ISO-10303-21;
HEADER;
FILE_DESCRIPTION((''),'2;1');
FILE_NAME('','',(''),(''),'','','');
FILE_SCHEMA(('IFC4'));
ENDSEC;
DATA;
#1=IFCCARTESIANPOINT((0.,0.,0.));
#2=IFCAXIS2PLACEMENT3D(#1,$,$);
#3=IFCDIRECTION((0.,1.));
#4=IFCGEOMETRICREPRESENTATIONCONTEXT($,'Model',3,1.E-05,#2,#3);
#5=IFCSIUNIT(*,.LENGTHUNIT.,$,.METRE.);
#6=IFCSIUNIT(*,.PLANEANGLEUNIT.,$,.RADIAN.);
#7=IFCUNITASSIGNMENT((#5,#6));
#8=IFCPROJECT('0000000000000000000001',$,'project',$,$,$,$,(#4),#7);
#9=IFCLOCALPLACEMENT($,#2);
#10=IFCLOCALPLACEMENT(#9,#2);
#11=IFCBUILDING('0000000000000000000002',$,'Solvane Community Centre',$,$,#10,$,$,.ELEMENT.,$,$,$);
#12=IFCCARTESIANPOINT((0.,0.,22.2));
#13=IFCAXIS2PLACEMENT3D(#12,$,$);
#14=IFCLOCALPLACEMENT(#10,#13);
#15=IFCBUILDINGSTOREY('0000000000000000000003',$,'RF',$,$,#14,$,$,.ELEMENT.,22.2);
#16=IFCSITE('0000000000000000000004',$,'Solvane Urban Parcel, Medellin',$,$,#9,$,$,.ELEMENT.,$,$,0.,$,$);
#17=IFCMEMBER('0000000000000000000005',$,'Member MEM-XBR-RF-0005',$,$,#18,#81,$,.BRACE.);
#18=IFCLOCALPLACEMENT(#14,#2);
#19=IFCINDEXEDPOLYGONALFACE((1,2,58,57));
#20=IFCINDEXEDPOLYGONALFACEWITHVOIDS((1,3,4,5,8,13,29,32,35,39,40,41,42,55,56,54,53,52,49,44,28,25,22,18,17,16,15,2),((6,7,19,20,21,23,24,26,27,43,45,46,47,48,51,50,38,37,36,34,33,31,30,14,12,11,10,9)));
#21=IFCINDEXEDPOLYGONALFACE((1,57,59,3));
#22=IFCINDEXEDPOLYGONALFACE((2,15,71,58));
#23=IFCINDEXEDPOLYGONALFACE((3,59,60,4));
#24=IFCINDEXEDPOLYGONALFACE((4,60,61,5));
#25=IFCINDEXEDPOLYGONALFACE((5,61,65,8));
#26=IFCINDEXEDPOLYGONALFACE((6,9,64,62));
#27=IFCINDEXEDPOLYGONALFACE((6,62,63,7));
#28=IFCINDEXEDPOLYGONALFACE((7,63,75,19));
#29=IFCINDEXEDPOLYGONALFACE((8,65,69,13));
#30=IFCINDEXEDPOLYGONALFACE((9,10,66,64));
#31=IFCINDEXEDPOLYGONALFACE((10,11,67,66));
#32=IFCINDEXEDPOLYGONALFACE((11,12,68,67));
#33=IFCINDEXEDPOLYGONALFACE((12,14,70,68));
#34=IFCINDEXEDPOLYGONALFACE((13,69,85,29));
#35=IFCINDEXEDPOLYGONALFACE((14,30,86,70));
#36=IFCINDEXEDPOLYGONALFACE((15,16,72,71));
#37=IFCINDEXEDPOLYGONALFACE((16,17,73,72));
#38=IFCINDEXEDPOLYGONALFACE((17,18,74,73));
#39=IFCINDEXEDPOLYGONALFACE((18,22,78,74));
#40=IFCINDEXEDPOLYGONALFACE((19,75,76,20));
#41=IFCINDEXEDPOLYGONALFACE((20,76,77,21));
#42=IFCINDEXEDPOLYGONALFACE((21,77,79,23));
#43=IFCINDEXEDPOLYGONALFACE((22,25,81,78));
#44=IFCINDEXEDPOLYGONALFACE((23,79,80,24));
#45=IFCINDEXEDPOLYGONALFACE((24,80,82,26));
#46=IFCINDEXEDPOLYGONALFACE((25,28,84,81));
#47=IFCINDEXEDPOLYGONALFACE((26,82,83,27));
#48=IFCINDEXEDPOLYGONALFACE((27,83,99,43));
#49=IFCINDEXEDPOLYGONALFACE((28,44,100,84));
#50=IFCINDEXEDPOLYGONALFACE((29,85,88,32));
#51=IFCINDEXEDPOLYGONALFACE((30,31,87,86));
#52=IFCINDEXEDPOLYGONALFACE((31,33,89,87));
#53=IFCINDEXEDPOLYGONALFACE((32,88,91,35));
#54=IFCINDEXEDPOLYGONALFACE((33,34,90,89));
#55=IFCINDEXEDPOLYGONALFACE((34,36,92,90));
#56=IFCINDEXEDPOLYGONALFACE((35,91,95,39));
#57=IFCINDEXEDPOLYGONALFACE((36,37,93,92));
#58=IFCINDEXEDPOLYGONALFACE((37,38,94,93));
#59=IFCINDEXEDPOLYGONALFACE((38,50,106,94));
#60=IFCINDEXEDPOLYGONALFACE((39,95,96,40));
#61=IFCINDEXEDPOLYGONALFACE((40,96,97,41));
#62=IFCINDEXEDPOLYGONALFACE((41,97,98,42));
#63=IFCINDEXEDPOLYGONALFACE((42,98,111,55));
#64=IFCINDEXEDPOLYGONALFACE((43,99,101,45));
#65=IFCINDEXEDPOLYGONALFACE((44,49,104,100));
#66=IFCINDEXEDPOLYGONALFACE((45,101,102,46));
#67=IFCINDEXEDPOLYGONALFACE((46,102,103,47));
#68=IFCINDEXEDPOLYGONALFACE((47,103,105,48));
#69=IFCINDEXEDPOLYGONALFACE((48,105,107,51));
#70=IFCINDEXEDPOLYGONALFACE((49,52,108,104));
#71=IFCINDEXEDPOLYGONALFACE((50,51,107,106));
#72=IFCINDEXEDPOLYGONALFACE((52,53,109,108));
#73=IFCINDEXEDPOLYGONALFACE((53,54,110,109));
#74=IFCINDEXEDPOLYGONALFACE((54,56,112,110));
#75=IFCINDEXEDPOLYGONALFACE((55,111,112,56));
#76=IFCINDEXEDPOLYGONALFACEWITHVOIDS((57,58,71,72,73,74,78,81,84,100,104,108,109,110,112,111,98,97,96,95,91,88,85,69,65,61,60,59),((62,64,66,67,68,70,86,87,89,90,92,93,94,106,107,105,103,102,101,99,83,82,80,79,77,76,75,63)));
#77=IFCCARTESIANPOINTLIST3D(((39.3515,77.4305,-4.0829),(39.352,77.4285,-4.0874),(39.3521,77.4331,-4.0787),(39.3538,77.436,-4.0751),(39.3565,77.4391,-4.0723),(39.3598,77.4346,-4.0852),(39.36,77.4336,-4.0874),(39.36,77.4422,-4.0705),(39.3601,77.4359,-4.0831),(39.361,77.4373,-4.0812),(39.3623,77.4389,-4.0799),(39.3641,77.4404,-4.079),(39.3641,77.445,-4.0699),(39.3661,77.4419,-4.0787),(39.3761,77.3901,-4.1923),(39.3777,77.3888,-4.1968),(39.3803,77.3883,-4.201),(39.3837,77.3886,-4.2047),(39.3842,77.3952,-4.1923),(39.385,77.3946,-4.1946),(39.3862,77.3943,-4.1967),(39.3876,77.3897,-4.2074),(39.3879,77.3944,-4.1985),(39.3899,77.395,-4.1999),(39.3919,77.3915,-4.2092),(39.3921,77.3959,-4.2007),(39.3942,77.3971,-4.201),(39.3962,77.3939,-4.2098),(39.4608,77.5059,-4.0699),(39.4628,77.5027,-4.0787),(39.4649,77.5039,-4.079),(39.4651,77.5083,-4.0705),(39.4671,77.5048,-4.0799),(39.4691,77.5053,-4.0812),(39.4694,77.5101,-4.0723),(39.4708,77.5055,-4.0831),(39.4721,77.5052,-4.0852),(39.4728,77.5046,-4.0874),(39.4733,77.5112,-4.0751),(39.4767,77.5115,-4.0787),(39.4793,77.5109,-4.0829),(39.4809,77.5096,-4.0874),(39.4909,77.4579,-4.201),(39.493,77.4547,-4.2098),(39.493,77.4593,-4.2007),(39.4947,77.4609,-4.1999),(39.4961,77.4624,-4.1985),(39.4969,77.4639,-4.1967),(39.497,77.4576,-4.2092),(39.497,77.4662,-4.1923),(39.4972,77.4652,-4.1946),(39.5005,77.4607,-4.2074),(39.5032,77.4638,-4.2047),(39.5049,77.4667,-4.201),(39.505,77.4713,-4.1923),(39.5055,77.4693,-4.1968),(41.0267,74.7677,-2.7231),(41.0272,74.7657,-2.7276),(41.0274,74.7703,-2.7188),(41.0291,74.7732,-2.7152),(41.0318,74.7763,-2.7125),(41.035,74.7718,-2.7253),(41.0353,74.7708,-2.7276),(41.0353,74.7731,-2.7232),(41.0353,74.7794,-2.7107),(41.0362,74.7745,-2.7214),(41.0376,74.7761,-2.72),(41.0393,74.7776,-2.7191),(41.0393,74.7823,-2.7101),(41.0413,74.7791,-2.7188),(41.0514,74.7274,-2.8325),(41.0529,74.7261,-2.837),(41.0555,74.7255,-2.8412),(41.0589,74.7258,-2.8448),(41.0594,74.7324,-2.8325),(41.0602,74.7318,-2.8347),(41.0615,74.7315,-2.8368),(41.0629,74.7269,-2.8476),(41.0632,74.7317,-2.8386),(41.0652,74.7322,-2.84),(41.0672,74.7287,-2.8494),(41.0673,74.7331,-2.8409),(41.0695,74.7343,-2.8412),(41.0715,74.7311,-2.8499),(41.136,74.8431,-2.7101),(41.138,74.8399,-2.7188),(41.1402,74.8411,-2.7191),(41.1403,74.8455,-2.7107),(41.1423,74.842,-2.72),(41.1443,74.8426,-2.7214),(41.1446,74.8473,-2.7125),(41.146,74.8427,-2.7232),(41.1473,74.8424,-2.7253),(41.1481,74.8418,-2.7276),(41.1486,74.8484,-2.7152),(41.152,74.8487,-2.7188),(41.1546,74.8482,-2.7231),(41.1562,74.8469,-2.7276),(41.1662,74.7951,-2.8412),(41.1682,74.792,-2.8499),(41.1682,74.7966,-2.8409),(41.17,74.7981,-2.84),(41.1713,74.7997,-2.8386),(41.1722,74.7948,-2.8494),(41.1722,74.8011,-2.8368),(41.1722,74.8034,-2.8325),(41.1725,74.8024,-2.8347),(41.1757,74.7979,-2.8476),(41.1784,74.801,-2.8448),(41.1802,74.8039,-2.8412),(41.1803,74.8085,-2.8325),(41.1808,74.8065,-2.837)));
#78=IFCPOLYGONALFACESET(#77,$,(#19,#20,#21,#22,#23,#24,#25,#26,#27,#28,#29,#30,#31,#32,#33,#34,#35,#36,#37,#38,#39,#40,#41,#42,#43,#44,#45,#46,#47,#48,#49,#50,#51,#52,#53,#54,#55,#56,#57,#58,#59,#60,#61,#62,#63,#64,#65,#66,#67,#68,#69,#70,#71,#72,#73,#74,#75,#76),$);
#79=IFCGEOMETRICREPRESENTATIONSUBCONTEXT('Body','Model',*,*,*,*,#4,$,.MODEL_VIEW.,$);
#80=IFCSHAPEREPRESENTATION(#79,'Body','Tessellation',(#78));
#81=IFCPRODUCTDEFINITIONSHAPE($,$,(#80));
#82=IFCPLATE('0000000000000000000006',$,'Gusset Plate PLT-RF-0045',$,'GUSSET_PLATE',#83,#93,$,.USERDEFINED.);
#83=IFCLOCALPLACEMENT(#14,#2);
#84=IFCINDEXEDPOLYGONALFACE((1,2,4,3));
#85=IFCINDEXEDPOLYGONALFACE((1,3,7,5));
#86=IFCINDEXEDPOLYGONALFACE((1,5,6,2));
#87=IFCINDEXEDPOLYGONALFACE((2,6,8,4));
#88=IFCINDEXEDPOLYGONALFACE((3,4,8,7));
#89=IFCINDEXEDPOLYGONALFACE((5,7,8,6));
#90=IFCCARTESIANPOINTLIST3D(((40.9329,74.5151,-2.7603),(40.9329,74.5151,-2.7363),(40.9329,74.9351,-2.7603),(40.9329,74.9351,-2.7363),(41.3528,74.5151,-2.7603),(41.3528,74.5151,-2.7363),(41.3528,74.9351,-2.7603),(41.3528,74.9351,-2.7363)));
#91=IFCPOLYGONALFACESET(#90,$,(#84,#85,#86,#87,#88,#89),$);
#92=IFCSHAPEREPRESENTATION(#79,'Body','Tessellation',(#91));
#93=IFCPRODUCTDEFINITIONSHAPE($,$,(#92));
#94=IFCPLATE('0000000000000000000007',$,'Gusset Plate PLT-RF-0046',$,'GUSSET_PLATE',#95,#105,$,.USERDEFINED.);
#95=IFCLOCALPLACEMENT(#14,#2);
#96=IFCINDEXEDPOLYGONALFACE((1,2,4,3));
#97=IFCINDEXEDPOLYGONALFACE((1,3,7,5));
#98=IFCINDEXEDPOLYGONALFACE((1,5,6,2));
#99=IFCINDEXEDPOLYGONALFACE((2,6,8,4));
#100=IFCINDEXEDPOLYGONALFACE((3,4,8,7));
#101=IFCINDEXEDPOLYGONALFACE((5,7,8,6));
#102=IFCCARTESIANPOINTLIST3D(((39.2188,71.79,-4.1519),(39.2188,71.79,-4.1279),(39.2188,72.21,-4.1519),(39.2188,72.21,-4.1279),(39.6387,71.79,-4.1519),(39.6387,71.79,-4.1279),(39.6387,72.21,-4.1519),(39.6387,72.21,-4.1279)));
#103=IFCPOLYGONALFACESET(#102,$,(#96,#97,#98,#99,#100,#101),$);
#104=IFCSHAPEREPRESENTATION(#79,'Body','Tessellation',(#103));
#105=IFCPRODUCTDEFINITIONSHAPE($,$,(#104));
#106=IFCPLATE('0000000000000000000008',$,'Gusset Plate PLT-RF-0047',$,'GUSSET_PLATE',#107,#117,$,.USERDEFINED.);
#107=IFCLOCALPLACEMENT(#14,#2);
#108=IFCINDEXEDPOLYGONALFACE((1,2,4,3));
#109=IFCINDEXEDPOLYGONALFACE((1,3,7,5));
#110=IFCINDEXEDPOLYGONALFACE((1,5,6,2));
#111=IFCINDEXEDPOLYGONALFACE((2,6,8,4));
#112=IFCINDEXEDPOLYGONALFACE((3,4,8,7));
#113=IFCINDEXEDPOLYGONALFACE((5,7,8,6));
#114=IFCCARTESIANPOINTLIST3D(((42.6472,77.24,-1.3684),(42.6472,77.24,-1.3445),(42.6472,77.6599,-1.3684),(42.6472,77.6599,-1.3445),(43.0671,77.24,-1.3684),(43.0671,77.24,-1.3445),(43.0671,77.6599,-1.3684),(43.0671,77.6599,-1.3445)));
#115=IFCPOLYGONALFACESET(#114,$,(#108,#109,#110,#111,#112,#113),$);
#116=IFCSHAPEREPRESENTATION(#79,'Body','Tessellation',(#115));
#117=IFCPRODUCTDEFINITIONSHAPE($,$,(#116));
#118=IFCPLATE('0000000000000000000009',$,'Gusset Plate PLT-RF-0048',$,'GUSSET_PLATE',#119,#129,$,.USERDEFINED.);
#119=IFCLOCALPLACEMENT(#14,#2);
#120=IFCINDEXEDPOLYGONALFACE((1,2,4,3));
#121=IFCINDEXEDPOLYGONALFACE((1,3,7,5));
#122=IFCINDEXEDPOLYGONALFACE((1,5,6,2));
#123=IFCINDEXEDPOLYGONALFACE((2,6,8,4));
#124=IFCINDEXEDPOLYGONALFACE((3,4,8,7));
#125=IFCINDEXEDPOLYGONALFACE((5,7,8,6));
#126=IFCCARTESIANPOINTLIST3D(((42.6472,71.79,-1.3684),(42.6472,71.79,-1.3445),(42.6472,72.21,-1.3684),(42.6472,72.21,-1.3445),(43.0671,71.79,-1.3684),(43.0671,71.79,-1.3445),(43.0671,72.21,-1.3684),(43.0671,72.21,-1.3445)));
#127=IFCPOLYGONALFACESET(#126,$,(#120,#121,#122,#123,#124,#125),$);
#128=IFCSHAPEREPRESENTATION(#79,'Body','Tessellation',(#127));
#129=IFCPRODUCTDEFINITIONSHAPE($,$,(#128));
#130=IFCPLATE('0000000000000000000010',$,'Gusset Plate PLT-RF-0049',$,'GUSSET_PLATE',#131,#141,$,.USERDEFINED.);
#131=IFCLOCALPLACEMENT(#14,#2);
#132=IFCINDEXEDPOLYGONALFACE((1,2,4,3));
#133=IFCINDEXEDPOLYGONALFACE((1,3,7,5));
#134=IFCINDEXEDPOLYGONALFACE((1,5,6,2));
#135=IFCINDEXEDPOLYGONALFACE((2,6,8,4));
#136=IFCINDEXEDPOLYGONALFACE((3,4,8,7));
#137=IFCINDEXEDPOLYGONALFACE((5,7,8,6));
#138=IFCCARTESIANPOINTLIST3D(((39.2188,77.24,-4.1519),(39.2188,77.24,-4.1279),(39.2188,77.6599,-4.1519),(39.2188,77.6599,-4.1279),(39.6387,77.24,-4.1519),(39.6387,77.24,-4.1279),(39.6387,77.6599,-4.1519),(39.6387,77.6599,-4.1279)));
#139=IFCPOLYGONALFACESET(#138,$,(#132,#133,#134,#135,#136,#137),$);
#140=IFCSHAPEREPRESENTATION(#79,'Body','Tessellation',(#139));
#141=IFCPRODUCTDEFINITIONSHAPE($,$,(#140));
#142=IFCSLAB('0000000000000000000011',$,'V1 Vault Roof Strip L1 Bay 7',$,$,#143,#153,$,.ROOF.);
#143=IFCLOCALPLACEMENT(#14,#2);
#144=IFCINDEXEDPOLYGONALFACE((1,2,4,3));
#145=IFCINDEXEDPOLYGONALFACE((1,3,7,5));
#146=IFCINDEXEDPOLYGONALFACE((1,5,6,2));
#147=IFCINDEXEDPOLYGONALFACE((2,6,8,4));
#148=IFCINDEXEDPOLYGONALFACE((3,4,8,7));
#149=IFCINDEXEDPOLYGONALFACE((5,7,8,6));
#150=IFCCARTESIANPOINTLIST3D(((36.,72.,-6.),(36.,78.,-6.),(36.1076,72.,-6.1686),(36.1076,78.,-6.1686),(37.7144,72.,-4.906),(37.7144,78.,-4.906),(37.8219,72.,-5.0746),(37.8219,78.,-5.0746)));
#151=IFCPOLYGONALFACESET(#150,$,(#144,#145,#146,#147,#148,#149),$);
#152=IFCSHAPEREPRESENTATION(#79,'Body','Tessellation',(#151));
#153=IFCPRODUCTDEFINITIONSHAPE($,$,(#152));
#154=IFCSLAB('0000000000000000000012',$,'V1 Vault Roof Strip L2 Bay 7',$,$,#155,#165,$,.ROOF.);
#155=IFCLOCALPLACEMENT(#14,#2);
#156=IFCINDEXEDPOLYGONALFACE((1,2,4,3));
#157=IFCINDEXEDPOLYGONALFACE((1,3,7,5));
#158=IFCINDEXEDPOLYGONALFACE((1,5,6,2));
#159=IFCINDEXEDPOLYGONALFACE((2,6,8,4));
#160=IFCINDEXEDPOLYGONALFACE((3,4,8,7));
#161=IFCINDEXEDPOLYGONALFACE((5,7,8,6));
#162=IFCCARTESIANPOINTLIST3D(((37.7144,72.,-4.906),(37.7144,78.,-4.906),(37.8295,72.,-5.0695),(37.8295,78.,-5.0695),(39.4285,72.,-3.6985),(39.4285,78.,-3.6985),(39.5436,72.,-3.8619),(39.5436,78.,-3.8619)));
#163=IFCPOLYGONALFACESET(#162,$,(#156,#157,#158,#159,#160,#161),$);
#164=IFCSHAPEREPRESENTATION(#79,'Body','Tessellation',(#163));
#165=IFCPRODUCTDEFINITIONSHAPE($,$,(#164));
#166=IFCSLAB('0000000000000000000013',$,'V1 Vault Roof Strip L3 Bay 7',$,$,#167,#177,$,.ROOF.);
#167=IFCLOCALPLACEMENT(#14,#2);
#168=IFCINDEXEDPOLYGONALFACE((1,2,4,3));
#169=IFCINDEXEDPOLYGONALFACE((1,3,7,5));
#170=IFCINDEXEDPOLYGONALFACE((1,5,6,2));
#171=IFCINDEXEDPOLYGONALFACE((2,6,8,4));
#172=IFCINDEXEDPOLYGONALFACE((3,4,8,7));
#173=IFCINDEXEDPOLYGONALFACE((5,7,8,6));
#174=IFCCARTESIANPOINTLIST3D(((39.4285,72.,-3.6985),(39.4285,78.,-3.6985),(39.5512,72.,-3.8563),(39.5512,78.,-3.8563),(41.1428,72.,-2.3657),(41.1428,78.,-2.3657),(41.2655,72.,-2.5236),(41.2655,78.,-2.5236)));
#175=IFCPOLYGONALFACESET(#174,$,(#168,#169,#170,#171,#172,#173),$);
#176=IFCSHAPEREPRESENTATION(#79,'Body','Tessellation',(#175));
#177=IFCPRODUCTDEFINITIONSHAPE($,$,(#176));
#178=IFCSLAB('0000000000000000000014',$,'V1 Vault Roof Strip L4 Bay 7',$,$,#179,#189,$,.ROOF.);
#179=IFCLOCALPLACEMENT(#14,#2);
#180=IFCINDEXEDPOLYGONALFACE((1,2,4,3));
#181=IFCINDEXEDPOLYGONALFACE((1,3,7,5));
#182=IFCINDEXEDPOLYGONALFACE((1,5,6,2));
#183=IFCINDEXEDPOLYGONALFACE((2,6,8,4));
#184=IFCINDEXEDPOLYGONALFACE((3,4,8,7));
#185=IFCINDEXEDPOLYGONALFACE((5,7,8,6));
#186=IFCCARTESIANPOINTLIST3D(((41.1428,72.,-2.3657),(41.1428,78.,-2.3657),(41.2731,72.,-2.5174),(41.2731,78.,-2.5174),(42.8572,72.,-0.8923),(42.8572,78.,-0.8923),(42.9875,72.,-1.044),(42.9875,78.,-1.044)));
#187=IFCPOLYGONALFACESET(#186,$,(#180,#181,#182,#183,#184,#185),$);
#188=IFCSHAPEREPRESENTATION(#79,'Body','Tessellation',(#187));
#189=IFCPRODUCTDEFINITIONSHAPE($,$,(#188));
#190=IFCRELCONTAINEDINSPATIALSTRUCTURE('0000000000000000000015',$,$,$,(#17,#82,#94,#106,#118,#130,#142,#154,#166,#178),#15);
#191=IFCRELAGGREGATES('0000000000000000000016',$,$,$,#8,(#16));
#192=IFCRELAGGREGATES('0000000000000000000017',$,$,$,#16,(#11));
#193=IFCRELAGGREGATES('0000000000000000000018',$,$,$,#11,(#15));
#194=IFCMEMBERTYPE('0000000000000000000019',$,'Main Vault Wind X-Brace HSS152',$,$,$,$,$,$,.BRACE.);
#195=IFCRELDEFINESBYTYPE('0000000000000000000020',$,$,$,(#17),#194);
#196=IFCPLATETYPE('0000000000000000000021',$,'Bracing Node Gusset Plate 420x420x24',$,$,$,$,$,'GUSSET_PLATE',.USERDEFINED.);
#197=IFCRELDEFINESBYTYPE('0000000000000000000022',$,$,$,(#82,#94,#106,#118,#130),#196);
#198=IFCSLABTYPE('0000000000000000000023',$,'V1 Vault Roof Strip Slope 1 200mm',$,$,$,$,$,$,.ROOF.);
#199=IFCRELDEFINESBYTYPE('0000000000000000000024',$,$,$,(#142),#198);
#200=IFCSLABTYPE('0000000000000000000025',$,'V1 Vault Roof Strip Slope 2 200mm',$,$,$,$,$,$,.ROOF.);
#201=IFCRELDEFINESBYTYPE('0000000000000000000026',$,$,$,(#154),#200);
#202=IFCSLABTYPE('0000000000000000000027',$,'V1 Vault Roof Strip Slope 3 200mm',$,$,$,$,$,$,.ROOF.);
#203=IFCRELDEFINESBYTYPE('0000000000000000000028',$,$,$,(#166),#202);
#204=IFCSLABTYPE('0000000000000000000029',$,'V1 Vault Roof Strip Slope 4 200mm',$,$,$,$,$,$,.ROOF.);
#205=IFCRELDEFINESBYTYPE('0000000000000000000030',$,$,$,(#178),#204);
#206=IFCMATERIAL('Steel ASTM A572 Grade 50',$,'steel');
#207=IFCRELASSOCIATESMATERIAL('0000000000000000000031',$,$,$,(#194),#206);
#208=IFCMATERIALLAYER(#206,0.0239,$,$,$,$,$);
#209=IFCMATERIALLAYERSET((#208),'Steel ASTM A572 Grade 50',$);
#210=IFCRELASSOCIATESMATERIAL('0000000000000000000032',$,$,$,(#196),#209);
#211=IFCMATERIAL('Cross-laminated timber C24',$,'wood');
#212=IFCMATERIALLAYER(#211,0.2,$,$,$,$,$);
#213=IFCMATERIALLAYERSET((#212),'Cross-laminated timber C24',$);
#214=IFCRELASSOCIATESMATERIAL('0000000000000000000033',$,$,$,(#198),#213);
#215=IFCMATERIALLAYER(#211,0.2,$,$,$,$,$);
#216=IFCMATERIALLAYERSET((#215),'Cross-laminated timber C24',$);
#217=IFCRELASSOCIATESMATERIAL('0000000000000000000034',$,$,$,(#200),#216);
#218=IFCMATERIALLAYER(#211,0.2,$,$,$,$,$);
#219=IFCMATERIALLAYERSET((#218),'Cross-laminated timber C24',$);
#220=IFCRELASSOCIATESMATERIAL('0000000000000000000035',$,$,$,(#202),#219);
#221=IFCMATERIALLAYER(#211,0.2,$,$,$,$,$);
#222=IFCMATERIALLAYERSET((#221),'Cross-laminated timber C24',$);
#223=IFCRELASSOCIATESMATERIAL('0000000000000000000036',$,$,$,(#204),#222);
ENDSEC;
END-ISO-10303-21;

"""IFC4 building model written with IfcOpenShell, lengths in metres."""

from ifc_helpers import new_model, si_unit, direction, frame, origin, origin_2d, place, context, subcontext, project, spatial, polyline, rectangle, hollow_rectangle, outline, extrude, material, layer, layer_set, material_profile, profile_set, type_object, element, save


model = new_model("IFC4")

# Units and contexts
model_context = context("Model", 3, precision=1e-05, world=origin(), true_north=direction((0.0, 1.0)))
body_context = subcontext(model_context, "Body", "Model", "MODEL_VIEW")
ifc_project = project(units=[si_unit("LENGTHUNIT", "METRE"), si_unit("PLANEANGLEUNIT", "RADIAN")], contexts=[model_context])

# Site, building, storey
site_placement = place(None, origin())
site = spatial("IfcSite", under=ifc_project, at=site_placement, Name="Solvane Urban Parcel, Medellin", CompositionType="ELEMENT", RefElevation=0.0)
building_placement = place(site_placement, origin())
building = spatial("IfcBuilding", under=site, at=building_placement, Name="Solvane Community Centre", CompositionType="ELEMENT")
storey_placement = place(building_placement, frame((0.0, 0.0, 22.2)))
storey = spatial("IfcBuildingStorey", under=building, at=storey_placement, Name="RF", CompositionType="ELEMENT", Elevation=22.2)

# Member
ifc_material_1 = material(Name="Steel ASTM A572 Grade 50", Category="steel")
ifc_material_profile_1 = material_profile(ifc_material_1, hollow_rectangle(XDim=0.1523, YDim=0.1523, WallThickness=0.0095, InnerFilletRadius=0.0095, OuterFilletRadius=0.019, at=origin_2d()), Name="HSS 152x152x9.5")
ifc_profile_set_1 = profile_set([ifc_material_profile_1], Name="Steel ASTM A572 Grade 50")
member_type_1 = type_object("IfcMemberType", Name="Main Vault Wind X-Brace HSS152", PredefinedType="BRACE", material=ifc_profile_set_1)
member_1_placement = place(storey_placement, frame((41.1038, 74.7871, -2.78), z_axis=(-0.488805, 0.776944, -0.396771), x_axis=(-0.846421, -0.532515, 0.0)))
element("IfcMember", 1, at=member_1_placement, inside=storey, type_object=member_type_1, Name="Member MEM-XBR-RF-0005", PredefinedType="BRACE", context=body_context, shape_type="SweptSolid", body=[
    extrude(hollow_rectangle(XDim=0.1523, YDim=0.1523, WallThickness=0.0095, InnerFilletRadius=0.0095, OuterFilletRadius=0.019, at=origin_2d()), origin(), (0.0, 0.0, 1.0), 3.4272),
])

# Plates
ifc_layer_1 = layer(ifc_material_1, 0.0239)
ifc_layer_set_1 = layer_set([ifc_layer_1], Name="Steel ASTM A572 Grade 50")
plate_type_1 = type_object("IfcPlateType", Name="Bracing Node Gusset Plate 420x420x24", ElementType="GUSSET_PLATE", PredefinedType="USERDEFINED", material=ifc_layer_set_1)
for number, where, z_axis, x_axis, name in (
    (2, (41.1428, 74.7251, -2.7603), (0.0, 0.0, 1.0), (1.0, 0.0, 0.0), "Gusset Plate PLT-RF-0045"),
    (3, (39.4287, 72.0, -4.1519), (0.0, 0.0, 1.0), (1.0, 0.0, 0.0), "Gusset Plate PLT-RF-0046"),
    (4, (42.8572, 77.45, -1.3684), (0.0, 0.0, 1.0), (1.0, 0.0, 0.0), "Gusset Plate PLT-RF-0047"),
    (5, (42.8572, 72.0, -1.3684), (0.0, 0.0, 1.0), (1.0, 0.0, 0.0), "Gusset Plate PLT-RF-0048"),
    (6, (39.4287, 77.45, -4.1519), (0.0, 0.0, 1.0), (1.0, 0.0, 0.0), "Gusset Plate PLT-RF-0049"),
):
    element("IfcPlate", number, at=place(storey_placement, frame(where, z_axis=z_axis, x_axis=x_axis)), inside=storey, type_object=plate_type_1, Name=name, ObjectType="GUSSET_PLATE", PredefinedType="USERDEFINED", context=body_context, shape_type="SweptSolid", body=[
        extrude(rectangle(XDim=0.4199, YDim=0.4199, at=origin_2d()), origin(), (0.0, 0.0, 1.0), 0.0239),
    ])

# Slabs
ifc_material_2 = material(Name="Cross-laminated timber C24", Category="wood")
ifc_layer_2 = layer(ifc_material_2, 0.2)
ifc_layer_set_2 = layer_set([ifc_layer_2], Name="Cross-laminated timber C24")
slab_type_1 = type_object("IfcSlabType", Name="V1 Vault Roof Strip Slope 1 200mm", PredefinedType="ROOF", material=ifc_layer_set_2)
slab_1_placement = place(storey_placement, frame((36.0, 72.0, -6.0), z_axis=(-0.537939, 0.0, 0.842984), x_axis=(0.842984, 0.0, 0.537939)))
element("IfcSlab", 7, at=slab_1_placement, inside=storey, type_object=slab_type_1, Name="V1 Vault Roof Strip L1 Bay 7", PredefinedType="ROOF", context=body_context, shape_type="SweptSolid", body=[
    extrude(outline(polyline([(0.0, 0.0), (2.0337, 0.0), (2.0337, 6.0), (0.0, 6.0), (0.0, 0.0)])), origin(), (0.0, 0.0, -1.0), 0.2),
])
ifc_layer_3 = layer(ifc_material_2, 0.2)
ifc_layer_set_3 = layer_set([ifc_layer_3], Name="Cross-laminated timber C24")
slab_type_2 = type_object("IfcSlabType", Name="V1 Vault Roof Strip Slope 2 200mm", PredefinedType="ROOF", material=ifc_layer_set_3)
slab_2_placement = place(storey_placement, frame((37.7144, 72.0, -4.906), z_axis=(-0.575906, 0.0, 0.817516), x_axis=(0.817516, 0.0, 0.575906)))
element("IfcSlab", 8, at=slab_2_placement, inside=storey, type_object=slab_type_2, Name="V1 Vault Roof Strip L2 Bay 7", PredefinedType="ROOF", context=body_context, shape_type="SweptSolid", body=[
    extrude(outline(polyline([(0.0, 0.0), (2.0967, 0.0), (2.0967, 6.0), (0.0, 6.0), (0.0, 0.0)])), origin(), (0.0, 0.0, -1.0), 0.2),
])
ifc_layer_4 = layer(ifc_material_2, 0.2)
ifc_layer_set_4 = layer_set([ifc_layer_4], Name="Cross-laminated timber C24")
slab_type_3 = type_object("IfcSlabType", Name="V1 Vault Roof Strip Slope 3 200mm", PredefinedType="ROOF", material=ifc_layer_set_4)
slab_3_placement = place(storey_placement, frame((39.4285, 72.0, -3.6985), z_axis=(-0.613762, 0.0, 0.789491), x_axis=(0.789491, 0.0, 0.613762)))
element("IfcSlab", 9, at=slab_3_placement, inside=storey, type_object=slab_type_3, Name="V1 Vault Roof Strip L3 Bay 7", PredefinedType="ROOF", context=body_context, shape_type="SweptSolid", body=[
    extrude(outline(polyline([(0.0, 0.0), (2.1715, 0.0), (2.1715, 6.0), (0.0, 6.0), (0.0, 0.0)])), origin(), (0.0, 0.0, -1.0), 0.2),
])
ifc_layer_5 = layer(ifc_material_2, 0.2)
ifc_layer_set_5 = layer_set([ifc_layer_5], Name="Cross-laminated timber C24")
slab_type_4 = type_object("IfcSlabType", Name="V1 Vault Roof Strip Slope 4 200mm", PredefinedType="ROOF", material=ifc_layer_set_5)
slab_4_placement = place(storey_placement, frame((41.1428, 72.0, -2.3657), z_axis=(-0.651796, 0.0, 0.758394), x_axis=(0.758394, 0.0, 0.651796)))
element("IfcSlab", 10, at=slab_4_placement, inside=storey, type_object=slab_type_4, Name="V1 Vault Roof Strip L4 Bay 7", PredefinedType="ROOF", context=body_context, shape_type="SweptSolid", body=[
    extrude(outline(polyline([(0.0, 0.0), (2.2605, 0.0), (2.2605, 6.0), (0.0, 6.0), (0.0, 0.0)])), origin(), (0.0, 0.0, -1.0), 0.2),
])

save(model, "model.ifc")
